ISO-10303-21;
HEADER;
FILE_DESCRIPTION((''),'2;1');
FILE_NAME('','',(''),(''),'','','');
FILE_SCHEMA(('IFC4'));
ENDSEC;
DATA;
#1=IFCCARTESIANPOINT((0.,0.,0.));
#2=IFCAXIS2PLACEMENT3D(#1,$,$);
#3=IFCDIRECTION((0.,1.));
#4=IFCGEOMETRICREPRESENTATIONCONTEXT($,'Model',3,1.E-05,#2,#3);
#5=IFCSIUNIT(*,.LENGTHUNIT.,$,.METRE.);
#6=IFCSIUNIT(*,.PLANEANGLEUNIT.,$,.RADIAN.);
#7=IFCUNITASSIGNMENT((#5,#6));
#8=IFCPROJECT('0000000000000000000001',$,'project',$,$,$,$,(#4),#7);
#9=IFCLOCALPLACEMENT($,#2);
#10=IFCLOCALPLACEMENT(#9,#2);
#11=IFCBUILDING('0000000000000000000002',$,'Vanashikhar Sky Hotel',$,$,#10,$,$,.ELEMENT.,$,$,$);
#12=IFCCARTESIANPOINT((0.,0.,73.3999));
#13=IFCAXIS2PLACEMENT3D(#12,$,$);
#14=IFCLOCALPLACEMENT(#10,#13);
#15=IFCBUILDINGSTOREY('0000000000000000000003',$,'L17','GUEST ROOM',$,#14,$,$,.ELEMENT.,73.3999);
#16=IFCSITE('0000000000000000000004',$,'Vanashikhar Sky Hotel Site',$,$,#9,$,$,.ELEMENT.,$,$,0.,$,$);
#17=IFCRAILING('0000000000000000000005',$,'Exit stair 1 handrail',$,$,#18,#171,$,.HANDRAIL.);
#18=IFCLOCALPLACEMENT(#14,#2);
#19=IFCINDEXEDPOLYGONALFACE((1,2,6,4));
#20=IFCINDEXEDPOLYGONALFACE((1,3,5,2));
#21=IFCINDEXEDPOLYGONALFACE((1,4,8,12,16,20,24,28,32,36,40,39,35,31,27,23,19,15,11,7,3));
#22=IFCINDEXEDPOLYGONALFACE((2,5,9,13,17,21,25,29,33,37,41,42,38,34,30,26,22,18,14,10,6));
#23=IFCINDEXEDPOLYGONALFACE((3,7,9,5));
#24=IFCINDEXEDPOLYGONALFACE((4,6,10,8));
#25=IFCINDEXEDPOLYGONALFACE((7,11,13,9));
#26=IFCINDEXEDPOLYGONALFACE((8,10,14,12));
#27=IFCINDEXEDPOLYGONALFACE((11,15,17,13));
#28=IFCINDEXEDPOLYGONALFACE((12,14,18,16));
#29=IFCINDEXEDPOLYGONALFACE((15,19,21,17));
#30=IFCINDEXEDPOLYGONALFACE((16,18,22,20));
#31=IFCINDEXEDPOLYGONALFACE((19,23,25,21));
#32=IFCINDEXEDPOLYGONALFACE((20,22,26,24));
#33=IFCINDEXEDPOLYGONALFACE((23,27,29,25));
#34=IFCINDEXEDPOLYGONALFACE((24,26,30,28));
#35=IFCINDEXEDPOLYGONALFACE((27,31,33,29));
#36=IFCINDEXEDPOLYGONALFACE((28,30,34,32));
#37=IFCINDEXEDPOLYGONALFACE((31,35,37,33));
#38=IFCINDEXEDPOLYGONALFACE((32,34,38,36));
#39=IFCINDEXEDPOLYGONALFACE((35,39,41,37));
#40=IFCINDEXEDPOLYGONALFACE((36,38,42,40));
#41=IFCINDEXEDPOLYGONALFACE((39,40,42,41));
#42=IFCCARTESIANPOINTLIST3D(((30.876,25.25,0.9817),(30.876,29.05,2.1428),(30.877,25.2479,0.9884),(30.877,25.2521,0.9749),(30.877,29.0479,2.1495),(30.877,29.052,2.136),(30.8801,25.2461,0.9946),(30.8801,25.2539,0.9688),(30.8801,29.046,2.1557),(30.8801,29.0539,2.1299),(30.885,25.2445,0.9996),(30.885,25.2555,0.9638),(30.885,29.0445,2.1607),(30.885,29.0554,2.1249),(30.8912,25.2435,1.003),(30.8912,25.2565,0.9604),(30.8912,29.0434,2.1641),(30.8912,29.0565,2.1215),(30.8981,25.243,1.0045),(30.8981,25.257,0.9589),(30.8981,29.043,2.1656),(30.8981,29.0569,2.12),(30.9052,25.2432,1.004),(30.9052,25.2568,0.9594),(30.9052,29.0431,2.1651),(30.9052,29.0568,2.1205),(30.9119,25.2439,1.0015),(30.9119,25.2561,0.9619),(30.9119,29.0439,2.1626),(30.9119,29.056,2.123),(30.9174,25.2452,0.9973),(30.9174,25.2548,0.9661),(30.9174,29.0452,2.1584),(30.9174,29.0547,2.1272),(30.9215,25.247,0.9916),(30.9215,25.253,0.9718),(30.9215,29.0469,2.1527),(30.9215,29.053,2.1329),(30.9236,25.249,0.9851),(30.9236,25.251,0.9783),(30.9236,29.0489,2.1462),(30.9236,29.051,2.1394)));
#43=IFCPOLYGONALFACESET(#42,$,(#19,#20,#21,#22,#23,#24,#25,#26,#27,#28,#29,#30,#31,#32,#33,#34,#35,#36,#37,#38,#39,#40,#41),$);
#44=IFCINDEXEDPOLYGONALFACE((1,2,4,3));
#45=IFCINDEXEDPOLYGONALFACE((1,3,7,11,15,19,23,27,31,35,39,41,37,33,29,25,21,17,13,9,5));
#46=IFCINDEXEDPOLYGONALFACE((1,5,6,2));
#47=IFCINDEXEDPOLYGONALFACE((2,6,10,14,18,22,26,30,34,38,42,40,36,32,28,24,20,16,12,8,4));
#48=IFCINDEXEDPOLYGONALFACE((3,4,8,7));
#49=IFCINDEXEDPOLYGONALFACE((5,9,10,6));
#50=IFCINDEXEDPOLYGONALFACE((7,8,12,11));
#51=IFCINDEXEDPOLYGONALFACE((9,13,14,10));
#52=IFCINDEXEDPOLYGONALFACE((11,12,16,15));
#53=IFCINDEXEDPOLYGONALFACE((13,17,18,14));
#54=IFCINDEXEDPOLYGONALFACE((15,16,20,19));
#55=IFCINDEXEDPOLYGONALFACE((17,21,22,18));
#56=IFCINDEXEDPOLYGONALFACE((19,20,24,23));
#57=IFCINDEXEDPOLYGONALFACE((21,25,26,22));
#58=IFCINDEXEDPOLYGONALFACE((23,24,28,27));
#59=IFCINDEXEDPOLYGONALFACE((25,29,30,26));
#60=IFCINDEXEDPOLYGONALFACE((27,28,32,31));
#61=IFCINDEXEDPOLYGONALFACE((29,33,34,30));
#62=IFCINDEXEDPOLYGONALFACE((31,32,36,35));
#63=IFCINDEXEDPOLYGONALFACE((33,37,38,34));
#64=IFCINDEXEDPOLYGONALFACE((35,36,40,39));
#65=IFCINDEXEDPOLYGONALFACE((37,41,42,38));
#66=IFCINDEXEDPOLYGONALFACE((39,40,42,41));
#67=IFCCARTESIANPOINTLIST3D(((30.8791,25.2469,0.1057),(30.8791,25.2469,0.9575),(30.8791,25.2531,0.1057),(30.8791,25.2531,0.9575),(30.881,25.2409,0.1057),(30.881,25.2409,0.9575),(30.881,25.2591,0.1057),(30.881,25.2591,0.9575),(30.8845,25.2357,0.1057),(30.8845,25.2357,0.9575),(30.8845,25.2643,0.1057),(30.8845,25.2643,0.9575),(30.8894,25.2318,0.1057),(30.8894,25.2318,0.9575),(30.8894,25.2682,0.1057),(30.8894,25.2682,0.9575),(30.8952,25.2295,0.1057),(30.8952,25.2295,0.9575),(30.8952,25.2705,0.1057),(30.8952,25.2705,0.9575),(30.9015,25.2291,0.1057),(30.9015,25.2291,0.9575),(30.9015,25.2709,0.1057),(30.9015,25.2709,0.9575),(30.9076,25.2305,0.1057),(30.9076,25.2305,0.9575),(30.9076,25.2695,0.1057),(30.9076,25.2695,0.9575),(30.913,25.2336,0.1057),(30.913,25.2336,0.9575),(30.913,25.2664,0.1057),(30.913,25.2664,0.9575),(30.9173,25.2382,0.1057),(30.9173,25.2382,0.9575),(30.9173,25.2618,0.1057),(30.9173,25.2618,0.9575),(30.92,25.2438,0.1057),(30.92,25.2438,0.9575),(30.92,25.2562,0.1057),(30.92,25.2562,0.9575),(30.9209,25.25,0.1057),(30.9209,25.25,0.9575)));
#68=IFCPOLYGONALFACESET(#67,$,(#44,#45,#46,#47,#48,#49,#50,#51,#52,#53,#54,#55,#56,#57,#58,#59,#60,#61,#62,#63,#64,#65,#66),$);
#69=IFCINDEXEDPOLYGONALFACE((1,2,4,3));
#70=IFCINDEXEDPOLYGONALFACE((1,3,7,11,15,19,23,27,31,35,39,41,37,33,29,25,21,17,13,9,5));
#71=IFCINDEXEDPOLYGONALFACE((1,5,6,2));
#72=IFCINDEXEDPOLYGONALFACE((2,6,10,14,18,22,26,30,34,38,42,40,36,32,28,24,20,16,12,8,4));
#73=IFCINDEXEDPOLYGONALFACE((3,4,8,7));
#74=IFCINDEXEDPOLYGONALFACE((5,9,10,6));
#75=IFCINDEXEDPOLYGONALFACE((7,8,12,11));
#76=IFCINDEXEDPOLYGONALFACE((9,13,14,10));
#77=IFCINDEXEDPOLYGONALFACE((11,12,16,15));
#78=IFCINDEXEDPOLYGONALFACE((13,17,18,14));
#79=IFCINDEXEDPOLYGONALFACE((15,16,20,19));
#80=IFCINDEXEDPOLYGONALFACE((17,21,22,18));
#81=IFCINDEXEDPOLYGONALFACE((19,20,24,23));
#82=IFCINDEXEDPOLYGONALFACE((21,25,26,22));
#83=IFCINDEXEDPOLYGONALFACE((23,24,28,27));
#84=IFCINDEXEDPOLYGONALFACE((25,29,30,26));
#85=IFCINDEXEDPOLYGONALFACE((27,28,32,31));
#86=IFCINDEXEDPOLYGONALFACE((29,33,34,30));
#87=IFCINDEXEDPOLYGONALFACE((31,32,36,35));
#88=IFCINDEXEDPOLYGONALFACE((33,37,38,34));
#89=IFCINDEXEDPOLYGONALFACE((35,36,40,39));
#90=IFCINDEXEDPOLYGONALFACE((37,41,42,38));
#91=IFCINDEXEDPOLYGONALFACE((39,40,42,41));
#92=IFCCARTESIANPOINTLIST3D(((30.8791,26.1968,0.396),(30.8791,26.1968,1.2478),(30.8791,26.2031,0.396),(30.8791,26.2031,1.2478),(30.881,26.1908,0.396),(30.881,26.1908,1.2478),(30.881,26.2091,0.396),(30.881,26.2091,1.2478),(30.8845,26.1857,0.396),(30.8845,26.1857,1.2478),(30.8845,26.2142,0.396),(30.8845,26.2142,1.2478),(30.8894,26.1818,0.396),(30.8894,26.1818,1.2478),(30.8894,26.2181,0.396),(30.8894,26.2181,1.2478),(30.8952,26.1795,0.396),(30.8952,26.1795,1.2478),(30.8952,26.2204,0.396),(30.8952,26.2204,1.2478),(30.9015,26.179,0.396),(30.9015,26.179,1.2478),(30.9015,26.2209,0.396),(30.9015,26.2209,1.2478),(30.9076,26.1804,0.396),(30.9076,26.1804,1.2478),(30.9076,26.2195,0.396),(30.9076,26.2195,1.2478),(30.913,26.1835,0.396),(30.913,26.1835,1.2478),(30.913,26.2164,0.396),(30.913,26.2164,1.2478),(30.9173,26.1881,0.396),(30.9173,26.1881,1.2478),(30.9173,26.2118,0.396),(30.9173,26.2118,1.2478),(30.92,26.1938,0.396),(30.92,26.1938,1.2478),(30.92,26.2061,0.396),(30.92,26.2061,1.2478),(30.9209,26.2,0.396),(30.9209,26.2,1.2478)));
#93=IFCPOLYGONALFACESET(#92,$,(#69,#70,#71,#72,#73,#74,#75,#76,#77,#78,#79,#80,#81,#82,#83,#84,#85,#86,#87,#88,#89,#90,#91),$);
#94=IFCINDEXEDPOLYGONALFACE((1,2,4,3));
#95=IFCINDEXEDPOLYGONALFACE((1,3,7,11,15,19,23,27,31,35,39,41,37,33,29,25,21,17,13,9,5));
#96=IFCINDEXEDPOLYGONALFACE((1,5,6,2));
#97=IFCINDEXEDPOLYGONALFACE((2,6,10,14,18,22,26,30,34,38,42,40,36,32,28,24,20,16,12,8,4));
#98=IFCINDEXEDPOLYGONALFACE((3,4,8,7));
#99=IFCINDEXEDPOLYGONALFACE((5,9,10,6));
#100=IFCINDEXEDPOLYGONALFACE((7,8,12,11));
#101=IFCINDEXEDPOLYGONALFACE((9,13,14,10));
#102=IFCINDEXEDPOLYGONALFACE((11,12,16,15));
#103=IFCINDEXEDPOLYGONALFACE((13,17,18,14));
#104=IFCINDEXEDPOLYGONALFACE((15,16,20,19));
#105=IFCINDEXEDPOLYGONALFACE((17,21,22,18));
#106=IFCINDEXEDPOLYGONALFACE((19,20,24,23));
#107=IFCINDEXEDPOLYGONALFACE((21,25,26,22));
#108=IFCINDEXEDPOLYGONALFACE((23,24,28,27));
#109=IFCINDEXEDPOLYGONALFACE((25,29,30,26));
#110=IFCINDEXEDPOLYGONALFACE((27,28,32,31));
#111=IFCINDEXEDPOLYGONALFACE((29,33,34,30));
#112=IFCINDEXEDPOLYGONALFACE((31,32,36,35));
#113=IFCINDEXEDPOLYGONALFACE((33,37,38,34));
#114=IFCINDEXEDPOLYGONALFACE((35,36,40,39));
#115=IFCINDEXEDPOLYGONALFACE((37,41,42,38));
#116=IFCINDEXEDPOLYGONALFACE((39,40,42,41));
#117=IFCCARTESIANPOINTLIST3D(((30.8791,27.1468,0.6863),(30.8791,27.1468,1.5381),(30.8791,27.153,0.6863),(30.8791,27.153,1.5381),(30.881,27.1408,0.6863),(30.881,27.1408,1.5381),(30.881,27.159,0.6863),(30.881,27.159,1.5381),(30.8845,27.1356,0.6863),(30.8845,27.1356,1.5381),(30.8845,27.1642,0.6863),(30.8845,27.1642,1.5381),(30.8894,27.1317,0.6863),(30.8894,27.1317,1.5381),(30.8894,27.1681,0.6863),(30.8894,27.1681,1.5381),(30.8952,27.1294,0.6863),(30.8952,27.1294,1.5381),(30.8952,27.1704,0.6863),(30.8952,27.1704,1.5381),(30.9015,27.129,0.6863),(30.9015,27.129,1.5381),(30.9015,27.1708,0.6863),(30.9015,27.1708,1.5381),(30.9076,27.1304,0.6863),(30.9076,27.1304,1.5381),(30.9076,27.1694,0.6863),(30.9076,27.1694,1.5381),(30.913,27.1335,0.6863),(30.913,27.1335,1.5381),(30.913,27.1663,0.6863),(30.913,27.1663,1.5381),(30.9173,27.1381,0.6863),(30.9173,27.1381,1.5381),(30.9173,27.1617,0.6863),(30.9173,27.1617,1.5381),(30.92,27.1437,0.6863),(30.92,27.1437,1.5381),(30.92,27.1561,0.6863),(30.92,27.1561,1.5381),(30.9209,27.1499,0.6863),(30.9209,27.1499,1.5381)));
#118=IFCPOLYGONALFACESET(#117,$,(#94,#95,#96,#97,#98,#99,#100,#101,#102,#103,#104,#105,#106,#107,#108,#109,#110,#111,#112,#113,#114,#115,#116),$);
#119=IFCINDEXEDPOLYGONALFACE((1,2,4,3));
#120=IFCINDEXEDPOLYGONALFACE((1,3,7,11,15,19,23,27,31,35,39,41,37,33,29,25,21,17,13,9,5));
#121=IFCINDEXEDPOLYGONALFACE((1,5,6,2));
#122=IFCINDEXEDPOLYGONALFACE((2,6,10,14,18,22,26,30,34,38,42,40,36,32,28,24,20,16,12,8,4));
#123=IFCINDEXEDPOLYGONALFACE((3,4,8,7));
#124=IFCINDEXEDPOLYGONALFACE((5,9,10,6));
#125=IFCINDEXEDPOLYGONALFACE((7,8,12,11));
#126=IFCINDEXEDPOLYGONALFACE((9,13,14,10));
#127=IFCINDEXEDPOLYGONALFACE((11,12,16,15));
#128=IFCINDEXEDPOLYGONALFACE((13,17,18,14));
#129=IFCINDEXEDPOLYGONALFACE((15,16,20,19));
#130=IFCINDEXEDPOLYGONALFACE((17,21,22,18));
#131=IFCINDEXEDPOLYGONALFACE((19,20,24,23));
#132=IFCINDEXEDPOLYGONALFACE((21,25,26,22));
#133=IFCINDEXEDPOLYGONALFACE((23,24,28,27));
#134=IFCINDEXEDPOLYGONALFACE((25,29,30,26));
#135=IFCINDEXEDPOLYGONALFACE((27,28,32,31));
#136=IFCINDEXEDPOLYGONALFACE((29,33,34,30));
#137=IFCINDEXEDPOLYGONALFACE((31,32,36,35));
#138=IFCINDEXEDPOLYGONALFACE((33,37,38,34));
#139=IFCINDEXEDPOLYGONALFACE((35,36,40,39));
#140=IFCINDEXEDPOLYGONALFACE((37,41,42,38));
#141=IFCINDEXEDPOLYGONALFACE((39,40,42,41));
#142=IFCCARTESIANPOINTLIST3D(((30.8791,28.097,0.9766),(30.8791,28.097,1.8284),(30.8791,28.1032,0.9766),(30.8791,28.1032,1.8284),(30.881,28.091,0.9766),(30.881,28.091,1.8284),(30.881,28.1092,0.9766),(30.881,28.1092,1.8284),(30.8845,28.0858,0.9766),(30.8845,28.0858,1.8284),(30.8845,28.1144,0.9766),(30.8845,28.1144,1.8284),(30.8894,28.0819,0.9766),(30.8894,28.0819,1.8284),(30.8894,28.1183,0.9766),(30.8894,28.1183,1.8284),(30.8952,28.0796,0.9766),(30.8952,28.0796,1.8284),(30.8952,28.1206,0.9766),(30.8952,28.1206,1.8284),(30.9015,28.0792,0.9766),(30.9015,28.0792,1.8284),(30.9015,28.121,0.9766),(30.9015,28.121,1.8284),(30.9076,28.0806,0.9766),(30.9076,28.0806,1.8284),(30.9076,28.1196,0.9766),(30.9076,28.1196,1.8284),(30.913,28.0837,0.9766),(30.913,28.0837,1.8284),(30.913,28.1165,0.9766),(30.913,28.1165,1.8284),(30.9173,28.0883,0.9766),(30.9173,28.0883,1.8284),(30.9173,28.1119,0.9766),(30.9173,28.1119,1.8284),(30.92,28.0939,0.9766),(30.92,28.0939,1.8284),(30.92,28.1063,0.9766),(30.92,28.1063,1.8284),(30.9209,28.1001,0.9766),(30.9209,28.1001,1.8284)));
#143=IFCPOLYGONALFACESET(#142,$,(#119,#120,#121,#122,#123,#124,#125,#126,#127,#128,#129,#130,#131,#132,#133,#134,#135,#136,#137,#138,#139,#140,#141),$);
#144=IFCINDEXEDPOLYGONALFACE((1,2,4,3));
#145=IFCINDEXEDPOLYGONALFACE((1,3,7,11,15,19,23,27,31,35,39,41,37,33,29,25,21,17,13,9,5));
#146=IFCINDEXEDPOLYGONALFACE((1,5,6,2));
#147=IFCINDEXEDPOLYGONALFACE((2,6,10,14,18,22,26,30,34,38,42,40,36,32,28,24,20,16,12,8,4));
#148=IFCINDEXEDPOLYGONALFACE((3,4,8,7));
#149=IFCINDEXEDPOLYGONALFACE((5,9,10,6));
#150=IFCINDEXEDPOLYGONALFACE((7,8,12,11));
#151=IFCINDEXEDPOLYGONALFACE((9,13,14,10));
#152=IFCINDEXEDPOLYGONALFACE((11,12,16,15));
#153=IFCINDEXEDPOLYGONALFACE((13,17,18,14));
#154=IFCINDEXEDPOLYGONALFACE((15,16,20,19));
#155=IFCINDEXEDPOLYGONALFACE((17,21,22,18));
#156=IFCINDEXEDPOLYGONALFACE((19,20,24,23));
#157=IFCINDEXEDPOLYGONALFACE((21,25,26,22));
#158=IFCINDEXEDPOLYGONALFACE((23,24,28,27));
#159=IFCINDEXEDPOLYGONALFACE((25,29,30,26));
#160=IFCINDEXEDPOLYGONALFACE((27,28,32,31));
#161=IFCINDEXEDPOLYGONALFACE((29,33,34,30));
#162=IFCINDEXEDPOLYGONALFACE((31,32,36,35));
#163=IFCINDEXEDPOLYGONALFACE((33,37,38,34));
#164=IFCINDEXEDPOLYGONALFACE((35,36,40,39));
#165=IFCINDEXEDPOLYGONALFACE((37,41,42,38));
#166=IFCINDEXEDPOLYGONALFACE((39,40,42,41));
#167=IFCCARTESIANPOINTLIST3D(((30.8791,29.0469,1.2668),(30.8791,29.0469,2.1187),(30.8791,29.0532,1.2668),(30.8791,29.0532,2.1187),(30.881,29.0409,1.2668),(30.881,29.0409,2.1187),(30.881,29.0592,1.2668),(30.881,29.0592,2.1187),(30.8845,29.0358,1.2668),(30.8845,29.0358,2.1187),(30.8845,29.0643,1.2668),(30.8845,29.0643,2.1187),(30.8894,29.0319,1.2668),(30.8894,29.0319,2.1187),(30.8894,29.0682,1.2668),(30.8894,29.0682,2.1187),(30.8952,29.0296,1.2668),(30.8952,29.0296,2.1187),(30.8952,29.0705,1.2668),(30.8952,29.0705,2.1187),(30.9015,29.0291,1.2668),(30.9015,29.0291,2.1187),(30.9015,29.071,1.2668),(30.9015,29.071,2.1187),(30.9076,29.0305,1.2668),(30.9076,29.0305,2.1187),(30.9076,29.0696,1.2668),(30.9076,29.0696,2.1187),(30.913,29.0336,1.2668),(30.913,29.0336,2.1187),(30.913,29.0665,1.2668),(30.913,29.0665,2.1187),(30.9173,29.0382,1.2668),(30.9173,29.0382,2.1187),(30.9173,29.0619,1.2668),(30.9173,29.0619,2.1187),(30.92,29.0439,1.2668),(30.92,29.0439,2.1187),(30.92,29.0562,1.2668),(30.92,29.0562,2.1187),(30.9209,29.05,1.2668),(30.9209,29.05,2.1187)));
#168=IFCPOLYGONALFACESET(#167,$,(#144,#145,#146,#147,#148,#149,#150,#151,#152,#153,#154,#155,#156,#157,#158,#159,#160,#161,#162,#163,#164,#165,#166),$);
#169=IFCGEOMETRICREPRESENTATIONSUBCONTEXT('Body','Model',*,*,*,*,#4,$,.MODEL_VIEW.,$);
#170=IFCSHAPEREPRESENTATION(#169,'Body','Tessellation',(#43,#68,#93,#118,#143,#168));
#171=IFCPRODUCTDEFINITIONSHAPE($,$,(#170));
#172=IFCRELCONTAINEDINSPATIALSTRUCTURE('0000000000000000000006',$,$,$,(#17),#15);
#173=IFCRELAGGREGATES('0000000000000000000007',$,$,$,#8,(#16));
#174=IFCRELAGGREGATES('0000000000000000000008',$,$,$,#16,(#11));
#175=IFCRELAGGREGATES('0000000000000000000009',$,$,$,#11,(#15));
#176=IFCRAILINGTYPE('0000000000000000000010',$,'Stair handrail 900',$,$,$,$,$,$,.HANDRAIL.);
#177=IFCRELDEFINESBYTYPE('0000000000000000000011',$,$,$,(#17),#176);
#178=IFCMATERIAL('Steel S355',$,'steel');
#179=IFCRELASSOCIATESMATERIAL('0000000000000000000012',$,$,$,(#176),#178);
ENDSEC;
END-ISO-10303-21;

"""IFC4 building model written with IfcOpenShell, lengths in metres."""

from ifc_helpers import new_model, si_unit, direction, frame, origin, origin_2d, place, context, subcontext, project, spatial, circle, extrude, source, transform, mapped, material, type_object, element, save


model = new_model("IFC4")

# Units and contexts
model_context = context("Model", 3, precision=1e-05, world=origin(), true_north=direction((0.0, 1.0)))
body_context = subcontext(model_context, "Body", "Model", "MODEL_VIEW")
ifc_project = project(units=[si_unit("LENGTHUNIT", "METRE"), si_unit("PLANEANGLEUNIT", "RADIAN")], contexts=[model_context])

# Site, building, storey
site_placement = place(None, origin())
site = spatial("IfcSite", under=ifc_project, at=site_placement, Name="Vanashikhar Sky Hotel Site", CompositionType="ELEMENT", RefElevation=0.0)
building_placement = place(site_placement, origin())
building = spatial("IfcBuilding", under=site, at=building_placement, Name="Vanashikhar Sky Hotel", CompositionType="ELEMENT")
storey_placement = place(building_placement, frame((0.0, 0.0, 73.3999)))
storey = spatial("IfcBuildingStorey", under=building, at=storey_placement, Name="L17", Description="GUEST ROOM", CompositionType="ELEMENT", Elevation=73.3999)

# Railing
ifc_material_1 = material(Name="Steel S355", Category="steel")
railing_type = type_object("IfcRailingType", Name="Stair handrail 900", PredefinedType="HANDRAIL", material=ifc_material_1)
shared_shape_1 = source(origin(), body_context, "Body", "SweptSolid", [
    extrude(circle(Radius=0.0239, at=origin_2d()), frame((0.0, 0.0, 0.876), z_axis=(0.0, 0.956351, 0.29222), x_axis=(-1.0, 0.0, 0.0)), (0.0, 0.0, 1.0), 3.9734),
    extrude(circle(Radius=0.021, at=origin_2d()), origin(), (0.0, 0.0, 1.0), 0.8518),
    extrude(circle(Radius=0.021, at=origin_2d()), frame((0.0, 0.95, 0.2903)), (0.0, 0.0, 1.0), 0.8518),
    extrude(circle(Radius=0.021, at=origin_2d()), frame((0.0, 1.8999, 0.5806)), (0.0, 0.0, 1.0), 0.8518),
    extrude(circle(Radius=0.021, at=origin_2d()), frame((0.0, 2.8501, 0.8708)), (0.0, 0.0, 1.0), 0.8518),
    extrude(circle(Radius=0.021, at=origin_2d()), frame((0.0, 3.8, 1.1611)), (0.0, 0.0, 1.0), 0.8518),
])
for number, where, name in (
    (1, (30.8999, 25.25, 0.1057), "Exit stair 1 handrail"),
):
    element("IfcRailing", number, at=place(storey_placement, frame(where)), inside=storey, type_object=railing_type, Name=name, PredefinedType="HANDRAIL", context=body_context, shape_type="MappedRepresentation", body=[
        mapped(shared_shape_1, transform((0.0, 0.0, 0.0), scale=1.0)),
    ])

save(model, "model.ifc")
